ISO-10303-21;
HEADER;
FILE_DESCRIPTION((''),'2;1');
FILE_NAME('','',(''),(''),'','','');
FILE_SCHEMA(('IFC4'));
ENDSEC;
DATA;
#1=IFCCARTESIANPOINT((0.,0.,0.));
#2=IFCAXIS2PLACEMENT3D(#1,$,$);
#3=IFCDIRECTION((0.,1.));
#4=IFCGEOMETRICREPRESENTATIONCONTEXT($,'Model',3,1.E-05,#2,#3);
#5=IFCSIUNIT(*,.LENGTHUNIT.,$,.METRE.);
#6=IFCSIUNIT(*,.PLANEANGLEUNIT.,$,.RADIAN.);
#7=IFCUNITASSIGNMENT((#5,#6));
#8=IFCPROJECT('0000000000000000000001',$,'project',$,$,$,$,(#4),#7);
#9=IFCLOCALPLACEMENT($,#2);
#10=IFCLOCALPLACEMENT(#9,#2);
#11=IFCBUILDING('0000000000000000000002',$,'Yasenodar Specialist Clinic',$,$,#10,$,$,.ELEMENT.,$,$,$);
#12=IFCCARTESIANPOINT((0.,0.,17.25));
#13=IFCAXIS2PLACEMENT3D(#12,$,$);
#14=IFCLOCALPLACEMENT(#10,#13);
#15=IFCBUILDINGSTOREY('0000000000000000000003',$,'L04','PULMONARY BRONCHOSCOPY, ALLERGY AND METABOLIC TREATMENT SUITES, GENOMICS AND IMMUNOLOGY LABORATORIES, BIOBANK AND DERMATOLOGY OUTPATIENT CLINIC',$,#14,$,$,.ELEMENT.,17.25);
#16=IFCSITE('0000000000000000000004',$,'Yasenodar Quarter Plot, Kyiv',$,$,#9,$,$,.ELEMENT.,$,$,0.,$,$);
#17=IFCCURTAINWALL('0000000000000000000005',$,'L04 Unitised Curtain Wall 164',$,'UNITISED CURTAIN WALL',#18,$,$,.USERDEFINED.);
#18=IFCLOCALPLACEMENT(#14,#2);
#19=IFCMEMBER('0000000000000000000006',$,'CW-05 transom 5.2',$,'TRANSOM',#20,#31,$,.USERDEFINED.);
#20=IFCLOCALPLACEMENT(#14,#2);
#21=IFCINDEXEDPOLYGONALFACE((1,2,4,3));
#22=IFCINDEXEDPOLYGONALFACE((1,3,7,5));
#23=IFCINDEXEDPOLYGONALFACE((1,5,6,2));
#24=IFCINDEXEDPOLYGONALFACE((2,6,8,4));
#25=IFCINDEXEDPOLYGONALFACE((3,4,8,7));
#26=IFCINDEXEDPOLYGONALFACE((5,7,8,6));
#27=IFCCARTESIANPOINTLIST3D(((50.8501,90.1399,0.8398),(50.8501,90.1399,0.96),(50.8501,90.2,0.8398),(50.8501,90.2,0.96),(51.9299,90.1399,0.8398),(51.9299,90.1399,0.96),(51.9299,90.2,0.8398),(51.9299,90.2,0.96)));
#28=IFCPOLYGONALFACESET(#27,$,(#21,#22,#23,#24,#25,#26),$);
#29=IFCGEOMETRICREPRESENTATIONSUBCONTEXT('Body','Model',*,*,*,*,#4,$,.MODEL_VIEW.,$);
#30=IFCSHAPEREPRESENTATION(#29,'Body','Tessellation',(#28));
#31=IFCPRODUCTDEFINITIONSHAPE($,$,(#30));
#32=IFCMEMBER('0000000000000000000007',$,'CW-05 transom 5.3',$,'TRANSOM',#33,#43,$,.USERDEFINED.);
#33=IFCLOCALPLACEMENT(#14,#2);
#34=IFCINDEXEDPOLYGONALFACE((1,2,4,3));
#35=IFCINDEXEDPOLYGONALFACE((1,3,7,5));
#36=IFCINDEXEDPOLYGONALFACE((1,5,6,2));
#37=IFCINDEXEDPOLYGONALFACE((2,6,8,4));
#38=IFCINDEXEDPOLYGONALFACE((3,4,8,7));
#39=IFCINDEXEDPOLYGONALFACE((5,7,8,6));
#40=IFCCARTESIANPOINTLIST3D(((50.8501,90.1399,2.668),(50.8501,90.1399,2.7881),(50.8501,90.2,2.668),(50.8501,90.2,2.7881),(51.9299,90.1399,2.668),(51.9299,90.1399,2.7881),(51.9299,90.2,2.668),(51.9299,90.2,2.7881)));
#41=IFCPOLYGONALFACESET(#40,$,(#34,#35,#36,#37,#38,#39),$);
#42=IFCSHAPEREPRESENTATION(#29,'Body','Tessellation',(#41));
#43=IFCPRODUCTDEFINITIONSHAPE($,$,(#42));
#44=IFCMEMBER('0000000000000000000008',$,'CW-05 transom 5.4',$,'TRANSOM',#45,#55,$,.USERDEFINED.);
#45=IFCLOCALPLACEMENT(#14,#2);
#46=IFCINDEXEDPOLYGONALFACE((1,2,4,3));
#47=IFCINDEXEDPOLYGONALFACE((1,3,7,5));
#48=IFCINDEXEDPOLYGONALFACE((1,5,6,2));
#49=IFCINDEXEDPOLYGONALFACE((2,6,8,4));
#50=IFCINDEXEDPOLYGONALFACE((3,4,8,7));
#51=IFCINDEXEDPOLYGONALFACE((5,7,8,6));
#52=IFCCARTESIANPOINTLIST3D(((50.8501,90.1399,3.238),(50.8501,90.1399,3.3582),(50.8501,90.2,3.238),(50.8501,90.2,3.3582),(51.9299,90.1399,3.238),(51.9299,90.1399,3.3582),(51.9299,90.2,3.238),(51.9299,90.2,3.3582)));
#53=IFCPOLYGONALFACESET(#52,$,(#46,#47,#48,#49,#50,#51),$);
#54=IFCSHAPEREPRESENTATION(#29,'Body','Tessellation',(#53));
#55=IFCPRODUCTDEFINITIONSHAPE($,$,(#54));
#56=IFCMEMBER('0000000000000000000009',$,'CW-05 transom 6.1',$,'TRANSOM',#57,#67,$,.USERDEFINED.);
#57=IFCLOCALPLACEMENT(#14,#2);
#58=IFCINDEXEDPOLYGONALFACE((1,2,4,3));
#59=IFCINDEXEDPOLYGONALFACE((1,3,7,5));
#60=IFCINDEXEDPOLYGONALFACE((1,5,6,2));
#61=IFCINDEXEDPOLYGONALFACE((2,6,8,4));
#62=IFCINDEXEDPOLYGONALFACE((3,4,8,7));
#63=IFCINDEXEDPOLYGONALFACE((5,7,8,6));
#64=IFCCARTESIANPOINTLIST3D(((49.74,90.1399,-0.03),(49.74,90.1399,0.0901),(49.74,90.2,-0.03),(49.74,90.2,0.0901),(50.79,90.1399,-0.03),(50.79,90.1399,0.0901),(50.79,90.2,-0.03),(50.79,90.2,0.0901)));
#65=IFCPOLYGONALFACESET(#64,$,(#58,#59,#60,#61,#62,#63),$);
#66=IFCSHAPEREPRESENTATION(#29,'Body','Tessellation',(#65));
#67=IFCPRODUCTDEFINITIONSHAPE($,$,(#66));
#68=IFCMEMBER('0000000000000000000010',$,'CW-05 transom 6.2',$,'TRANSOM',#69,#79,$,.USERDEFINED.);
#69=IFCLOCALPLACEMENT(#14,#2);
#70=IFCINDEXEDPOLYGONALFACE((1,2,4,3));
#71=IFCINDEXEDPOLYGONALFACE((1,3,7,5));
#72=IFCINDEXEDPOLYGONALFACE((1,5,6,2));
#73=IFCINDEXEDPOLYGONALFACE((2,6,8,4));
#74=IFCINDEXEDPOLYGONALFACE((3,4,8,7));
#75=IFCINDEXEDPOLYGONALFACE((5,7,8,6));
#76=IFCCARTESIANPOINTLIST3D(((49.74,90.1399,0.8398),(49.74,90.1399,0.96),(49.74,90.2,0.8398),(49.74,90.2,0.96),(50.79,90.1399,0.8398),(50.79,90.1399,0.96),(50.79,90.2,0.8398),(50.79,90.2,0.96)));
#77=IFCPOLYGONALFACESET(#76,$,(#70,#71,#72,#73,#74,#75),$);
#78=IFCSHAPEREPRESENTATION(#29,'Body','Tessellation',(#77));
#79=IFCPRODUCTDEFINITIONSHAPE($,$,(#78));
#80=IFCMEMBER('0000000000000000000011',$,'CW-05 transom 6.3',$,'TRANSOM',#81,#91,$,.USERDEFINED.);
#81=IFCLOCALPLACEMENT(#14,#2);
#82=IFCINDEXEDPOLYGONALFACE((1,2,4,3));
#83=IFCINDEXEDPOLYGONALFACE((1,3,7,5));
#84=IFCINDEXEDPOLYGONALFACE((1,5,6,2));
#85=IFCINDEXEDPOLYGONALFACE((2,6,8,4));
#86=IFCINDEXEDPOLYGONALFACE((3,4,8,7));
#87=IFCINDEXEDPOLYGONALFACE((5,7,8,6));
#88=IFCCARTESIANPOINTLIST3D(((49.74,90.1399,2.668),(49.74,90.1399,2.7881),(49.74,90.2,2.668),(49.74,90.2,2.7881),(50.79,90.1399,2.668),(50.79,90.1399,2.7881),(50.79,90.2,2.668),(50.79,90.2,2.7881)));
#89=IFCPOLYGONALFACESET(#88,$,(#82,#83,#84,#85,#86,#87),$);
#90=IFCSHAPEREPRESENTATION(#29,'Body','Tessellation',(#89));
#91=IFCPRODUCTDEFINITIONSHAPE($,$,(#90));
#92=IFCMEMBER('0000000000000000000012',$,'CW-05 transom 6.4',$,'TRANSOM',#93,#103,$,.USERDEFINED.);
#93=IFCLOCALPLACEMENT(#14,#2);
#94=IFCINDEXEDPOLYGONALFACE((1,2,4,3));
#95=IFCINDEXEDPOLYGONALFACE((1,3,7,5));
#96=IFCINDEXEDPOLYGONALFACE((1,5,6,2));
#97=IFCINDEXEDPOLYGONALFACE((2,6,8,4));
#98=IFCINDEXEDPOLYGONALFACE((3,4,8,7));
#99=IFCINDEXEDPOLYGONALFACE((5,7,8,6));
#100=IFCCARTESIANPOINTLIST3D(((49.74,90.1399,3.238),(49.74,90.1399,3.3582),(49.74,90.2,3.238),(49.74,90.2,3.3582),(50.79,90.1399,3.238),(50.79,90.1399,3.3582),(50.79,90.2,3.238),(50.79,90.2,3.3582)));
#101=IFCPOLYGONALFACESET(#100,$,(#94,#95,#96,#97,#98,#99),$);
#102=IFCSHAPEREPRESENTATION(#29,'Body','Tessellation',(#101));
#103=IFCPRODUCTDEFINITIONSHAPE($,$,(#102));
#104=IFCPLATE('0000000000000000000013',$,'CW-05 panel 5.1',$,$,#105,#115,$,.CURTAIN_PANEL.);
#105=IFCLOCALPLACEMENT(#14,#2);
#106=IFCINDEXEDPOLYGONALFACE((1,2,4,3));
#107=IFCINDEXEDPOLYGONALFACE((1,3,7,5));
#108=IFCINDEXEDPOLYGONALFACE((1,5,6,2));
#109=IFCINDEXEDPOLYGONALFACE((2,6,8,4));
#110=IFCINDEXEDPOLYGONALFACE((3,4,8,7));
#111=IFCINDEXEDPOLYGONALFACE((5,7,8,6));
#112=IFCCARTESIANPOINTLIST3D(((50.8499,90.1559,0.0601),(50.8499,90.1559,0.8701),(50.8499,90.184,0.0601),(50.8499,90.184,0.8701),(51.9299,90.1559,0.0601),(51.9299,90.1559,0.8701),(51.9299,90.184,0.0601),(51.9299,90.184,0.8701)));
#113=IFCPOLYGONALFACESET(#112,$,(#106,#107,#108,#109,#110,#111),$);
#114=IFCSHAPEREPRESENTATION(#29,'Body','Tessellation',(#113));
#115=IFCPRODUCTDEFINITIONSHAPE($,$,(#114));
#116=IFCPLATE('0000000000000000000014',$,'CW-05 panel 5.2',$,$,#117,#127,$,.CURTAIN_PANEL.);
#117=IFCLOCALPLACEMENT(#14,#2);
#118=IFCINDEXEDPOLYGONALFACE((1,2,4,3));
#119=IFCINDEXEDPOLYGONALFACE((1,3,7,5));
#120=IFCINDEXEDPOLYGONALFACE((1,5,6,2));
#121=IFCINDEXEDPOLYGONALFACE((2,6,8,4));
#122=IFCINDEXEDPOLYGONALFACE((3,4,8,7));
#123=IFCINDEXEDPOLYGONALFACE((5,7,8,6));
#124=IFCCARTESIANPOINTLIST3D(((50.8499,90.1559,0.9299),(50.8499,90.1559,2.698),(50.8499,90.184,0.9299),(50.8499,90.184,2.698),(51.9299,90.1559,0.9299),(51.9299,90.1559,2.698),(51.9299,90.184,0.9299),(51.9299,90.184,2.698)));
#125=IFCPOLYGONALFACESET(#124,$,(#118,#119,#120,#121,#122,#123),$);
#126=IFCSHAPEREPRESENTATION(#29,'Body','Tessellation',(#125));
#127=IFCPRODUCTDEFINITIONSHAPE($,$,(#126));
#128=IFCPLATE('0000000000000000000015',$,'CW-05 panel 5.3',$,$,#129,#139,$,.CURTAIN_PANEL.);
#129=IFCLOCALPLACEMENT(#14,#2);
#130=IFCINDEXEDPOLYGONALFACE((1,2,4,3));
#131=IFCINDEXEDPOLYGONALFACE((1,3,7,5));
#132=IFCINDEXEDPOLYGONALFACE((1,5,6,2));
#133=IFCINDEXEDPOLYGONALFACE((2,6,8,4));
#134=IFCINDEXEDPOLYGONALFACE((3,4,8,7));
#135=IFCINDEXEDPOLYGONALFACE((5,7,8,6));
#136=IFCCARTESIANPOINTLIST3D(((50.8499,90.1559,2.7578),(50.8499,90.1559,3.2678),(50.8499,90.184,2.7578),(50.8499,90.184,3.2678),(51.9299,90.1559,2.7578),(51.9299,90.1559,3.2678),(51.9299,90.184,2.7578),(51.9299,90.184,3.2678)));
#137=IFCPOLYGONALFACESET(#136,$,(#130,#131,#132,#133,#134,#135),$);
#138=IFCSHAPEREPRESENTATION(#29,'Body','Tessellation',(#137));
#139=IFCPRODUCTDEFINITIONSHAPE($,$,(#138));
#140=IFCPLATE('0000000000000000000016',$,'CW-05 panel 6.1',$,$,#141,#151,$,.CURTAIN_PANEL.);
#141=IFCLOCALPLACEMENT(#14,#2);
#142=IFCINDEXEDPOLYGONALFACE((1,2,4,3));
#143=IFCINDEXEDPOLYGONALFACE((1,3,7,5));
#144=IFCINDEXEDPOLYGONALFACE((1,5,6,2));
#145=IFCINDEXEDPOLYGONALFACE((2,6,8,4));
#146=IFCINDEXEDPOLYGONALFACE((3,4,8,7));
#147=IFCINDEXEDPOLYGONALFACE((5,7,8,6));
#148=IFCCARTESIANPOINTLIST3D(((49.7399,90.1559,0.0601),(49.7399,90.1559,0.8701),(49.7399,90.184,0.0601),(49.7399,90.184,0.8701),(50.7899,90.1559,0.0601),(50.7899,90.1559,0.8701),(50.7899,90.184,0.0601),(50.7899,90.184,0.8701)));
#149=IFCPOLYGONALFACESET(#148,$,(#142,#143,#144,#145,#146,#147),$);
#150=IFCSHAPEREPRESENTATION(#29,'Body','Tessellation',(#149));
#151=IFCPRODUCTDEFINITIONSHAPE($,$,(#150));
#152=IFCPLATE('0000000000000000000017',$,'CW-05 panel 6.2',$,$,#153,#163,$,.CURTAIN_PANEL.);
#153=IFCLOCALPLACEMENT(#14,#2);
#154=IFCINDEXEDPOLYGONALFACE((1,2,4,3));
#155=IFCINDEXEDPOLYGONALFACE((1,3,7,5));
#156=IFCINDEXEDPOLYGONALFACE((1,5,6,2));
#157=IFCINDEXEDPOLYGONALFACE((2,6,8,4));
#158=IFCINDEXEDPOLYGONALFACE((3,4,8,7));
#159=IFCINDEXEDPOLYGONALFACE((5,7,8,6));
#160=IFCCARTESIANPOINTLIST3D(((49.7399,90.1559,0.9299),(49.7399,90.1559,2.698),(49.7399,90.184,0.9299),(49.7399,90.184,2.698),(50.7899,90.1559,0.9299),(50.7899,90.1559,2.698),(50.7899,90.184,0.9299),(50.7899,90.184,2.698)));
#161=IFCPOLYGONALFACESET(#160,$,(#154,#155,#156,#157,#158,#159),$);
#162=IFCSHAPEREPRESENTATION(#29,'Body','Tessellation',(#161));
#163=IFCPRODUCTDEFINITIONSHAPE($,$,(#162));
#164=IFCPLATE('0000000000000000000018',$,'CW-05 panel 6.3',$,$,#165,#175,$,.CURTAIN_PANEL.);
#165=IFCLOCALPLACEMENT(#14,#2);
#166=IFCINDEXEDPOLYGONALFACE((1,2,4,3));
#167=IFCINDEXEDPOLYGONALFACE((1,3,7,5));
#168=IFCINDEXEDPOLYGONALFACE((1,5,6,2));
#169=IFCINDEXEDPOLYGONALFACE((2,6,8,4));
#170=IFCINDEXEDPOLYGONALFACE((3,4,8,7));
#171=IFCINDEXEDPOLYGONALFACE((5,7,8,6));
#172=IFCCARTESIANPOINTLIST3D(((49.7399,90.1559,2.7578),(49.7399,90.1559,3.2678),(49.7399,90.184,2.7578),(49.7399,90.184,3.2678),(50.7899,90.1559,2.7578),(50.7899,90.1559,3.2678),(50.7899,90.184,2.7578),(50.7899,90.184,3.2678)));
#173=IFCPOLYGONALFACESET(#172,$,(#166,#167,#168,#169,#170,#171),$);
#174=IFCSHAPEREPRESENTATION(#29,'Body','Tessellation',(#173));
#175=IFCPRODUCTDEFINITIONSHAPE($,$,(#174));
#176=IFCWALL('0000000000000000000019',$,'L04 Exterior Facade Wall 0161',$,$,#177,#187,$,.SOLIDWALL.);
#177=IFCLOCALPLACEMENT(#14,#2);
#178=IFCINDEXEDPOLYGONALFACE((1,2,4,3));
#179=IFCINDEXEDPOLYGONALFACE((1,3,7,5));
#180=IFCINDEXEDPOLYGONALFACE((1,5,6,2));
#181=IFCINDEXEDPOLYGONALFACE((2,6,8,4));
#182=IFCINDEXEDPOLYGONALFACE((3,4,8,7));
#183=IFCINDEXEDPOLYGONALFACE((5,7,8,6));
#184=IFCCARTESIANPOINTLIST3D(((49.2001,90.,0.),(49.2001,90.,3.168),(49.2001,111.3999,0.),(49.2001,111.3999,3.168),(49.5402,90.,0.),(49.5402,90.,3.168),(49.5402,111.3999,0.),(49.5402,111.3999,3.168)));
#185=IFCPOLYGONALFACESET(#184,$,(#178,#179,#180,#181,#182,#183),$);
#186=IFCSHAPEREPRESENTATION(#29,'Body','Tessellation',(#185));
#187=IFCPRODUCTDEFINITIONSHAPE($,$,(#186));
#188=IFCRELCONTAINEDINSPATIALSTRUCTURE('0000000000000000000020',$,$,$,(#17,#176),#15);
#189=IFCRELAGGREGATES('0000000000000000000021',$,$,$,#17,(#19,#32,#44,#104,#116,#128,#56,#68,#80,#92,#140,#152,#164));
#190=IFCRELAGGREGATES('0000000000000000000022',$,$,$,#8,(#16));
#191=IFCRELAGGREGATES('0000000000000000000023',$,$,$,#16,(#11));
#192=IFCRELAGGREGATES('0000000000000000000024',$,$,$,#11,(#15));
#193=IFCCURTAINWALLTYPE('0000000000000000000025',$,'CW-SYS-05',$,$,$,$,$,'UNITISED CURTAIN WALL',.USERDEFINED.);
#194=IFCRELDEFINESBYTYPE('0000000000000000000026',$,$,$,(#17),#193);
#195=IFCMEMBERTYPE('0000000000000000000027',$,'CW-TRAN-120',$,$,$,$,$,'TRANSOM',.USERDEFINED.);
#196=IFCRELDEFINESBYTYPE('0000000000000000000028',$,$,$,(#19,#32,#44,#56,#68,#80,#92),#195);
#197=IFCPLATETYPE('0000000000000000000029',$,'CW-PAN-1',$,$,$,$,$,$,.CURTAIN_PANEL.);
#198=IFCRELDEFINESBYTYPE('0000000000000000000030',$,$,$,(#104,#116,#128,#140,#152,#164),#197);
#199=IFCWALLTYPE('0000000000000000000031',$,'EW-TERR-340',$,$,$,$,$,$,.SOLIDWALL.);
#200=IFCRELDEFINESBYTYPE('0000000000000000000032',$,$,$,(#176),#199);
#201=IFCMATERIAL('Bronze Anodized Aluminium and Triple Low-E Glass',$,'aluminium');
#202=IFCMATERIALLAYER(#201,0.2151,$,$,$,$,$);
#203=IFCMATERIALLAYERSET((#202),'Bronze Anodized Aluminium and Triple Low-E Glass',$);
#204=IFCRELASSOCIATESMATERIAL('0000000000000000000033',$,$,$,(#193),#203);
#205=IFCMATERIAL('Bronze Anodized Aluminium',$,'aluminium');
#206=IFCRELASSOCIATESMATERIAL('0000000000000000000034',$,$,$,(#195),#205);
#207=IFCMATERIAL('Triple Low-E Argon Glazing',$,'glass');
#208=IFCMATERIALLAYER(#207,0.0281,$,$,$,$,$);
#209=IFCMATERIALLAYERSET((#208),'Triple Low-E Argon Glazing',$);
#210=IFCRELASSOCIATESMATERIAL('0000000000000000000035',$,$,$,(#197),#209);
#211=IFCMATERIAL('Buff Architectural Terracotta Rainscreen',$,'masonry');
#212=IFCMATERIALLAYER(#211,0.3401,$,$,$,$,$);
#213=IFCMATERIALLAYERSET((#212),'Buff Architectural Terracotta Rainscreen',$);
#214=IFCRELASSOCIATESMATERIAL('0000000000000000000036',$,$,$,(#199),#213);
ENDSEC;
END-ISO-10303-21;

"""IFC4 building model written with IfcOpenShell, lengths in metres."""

from ifc_helpers import new_model, si_unit, direction, frame, frame_2d, origin, origin_2d, place, context, subcontext, project, spatial, rectangle, extrude, material, layer, layer_set, material_profile, profile_set, type_object, element, aggregate, save


model = new_model("IFC4")

# Units and contexts
model_context = context("Model", 3, precision=1e-05, world=origin(), true_north=direction((0.0, 1.0)))
body_context = subcontext(model_context, "Body", "Model", "MODEL_VIEW")
ifc_project = project(units=[si_unit("LENGTHUNIT", "METRE"), si_unit("PLANEANGLEUNIT", "RADIAN")], contexts=[model_context])

# Site, building, storey
site_placement = place(None, origin())
site = spatial("IfcSite", under=ifc_project, at=site_placement, Name="Yasenodar Quarter Plot, Kyiv", CompositionType="ELEMENT", RefElevation=0.0)
building_placement = place(site_placement, origin())
building = spatial("IfcBuilding", under=site, at=building_placement, Name="Yasenodar Specialist Clinic", CompositionType="ELEMENT")
storey_placement = place(building_placement, frame((0.0, 0.0, 17.25)))
storey = spatial("IfcBuildingStorey", under=building, at=storey_placement, Name="L04", Description="PULMONARY BRONCHOSCOPY, ALLERGY AND METABOLIC TREATMENT SUITES, GENOMICS AND IMMUNOLOGY LABORATORIES, BIOBANK AND DERMATOLOGY OUTPATIENT CLINIC", CompositionType="ELEMENT", Elevation=17.25)

# Curtain wall, members, plates
ifc_material_1 = material(Name="Bronze Anodized Aluminium and Triple Low-E Glass", Category="aluminium")
ifc_layer_1 = layer(ifc_material_1, 0.2151)
ifc_layer_set_1 = layer_set([ifc_layer_1], Name="Bronze Anodized Aluminium and Triple Low-E Glass")
curtain_wall_type = type_object("IfcCurtainWallType", Name="CW-SYS-05", ElementType="UNITISED CURTAIN WALL", PredefinedType="USERDEFINED", material=ifc_layer_set_1)
curtain_wall_placement = place(storey_placement, origin())
curtain_wall = element("IfcCurtainWall", 1, at=curtain_wall_placement, inside=storey, type_object=curtain_wall_type, Name="L04 Unitised Curtain Wall 164", ObjectType="UNITISED CURTAIN WALL", PredefinedType="USERDEFINED")
ifc_material_2 = material(Name="Bronze Anodized Aluminium", Category="aluminium")
ifc_material_profile_1 = material_profile(ifc_material_2, rectangle(XDim=0.0601, YDim=0.1201, at=origin_2d()), Name="CW-TRAN 60x120")
ifc_profile_set_1 = profile_set([ifc_material_profile_1], Name="Bronze Anodized Aluminium")
member_type_1 = type_object("IfcMemberType", Name="CW-TRAN-120", ElementType="TRANSOM", PredefinedType="USERDEFINED", material=ifc_profile_set_1)
member_1_placement = place(storey_placement, frame((51.9299, 90.1699, 0.8999), z_axis=(-1.0, 0.0, 0.0), x_axis=(0.0, -1.0, 0.0)))
member_1 = element("IfcMember", 2, at=member_1_placement, type_object=member_type_1, Name="CW-05 transom 5.2", ObjectType="TRANSOM", PredefinedType="USERDEFINED", context=body_context, shape_type="SweptSolid", body=[
    extrude(rectangle(XDim=0.0601, YDim=0.1201, at=origin_2d()), origin(), (0.0, 0.0, 1.0), 1.0798),
])
member_2_placement = place(storey_placement, frame((51.9299, 90.1699, 2.728), z_axis=(-1.0, 0.0, 0.0), x_axis=(0.0, -1.0, 0.0)))
member_2 = element("IfcMember", 3, at=member_2_placement, type_object=member_type_1, Name="CW-05 transom 5.3", ObjectType="TRANSOM", PredefinedType="USERDEFINED", context=body_context, shape_type="SweptSolid", body=[
    extrude(rectangle(XDim=0.0601, YDim=0.1201, at=origin_2d()), origin(), (0.0, 0.0, 1.0), 1.0798),
])
member_3_placement = place(storey_placement, frame((51.9299, 90.1699, 3.2981), z_axis=(-1.0, 0.0, 0.0), x_axis=(0.0, -1.0, 0.0)))
member_3 = element("IfcMember", 4, at=member_3_placement, type_object=member_type_1, Name="CW-05 transom 5.4", ObjectType="TRANSOM", PredefinedType="USERDEFINED", context=body_context, shape_type="SweptSolid", body=[
    extrude(rectangle(XDim=0.0601, YDim=0.1201, at=origin_2d()), origin(), (0.0, 0.0, 1.0), 1.0798),
])
member_4_placement = place(storey_placement, frame((50.79, 90.1699, 0.03), z_axis=(-1.0, 0.0, 0.0), x_axis=(0.0, -1.0, 0.0)))
member_4 = element("IfcMember", 5, at=member_4_placement, type_object=member_type_1, Name="CW-05 transom 6.1", ObjectType="TRANSOM", PredefinedType="USERDEFINED", context=body_context, shape_type="SweptSolid", body=[
    extrude(rectangle(XDim=0.0601, YDim=0.1201, at=origin_2d()), origin(), (0.0, 0.0, 1.0), 1.05),
])
member_5_placement = place(storey_placement, frame((50.79, 90.1699, 0.8999), z_axis=(-1.0, 0.0, 0.0), x_axis=(0.0, -1.0, 0.0)))
member_5 = element("IfcMember", 6, at=member_5_placement, type_object=member_type_1, Name="CW-05 transom 6.2", ObjectType="TRANSOM", PredefinedType="USERDEFINED", context=body_context, shape_type="SweptSolid", body=[
    extrude(rectangle(XDim=0.0601, YDim=0.1201, at=origin_2d()), origin(), (0.0, 0.0, 1.0), 1.05),
])
member_6_placement = place(storey_placement, frame((50.79, 90.1699, 2.728), z_axis=(-1.0, 0.0, 0.0), x_axis=(0.0, -1.0, 0.0)))
member_6 = element("IfcMember", 7, at=member_6_placement, type_object=member_type_1, Name="CW-05 transom 6.3", ObjectType="TRANSOM", PredefinedType="USERDEFINED", context=body_context, shape_type="SweptSolid", body=[
    extrude(rectangle(XDim=0.0601, YDim=0.1201, at=origin_2d()), origin(), (0.0, 0.0, 1.0), 1.05),
])
member_7_placement = place(storey_placement, frame((50.79, 90.1699, 3.2981), z_axis=(-1.0, 0.0, 0.0), x_axis=(0.0, -1.0, 0.0)))
member_7 = element("IfcMember", 8, at=member_7_placement, type_object=member_type_1, Name="CW-05 transom 6.4", ObjectType="TRANSOM", PredefinedType="USERDEFINED", context=body_context, shape_type="SweptSolid", body=[
    extrude(rectangle(XDim=0.0601, YDim=0.1201, at=origin_2d()), origin(), (0.0, 0.0, 1.0), 1.05),
])
ifc_material_3 = material(Name="Triple Low-E Argon Glazing", Category="glass")
ifc_layer_2 = layer(ifc_material_3, 0.0281)
ifc_layer_set_2 = layer_set([ifc_layer_2], Name="Triple Low-E Argon Glazing")
plate_type = type_object("IfcPlateType", Name="CW-PAN-1", PredefinedType="CURTAIN_PANEL", material=ifc_layer_set_2)
plate_1_placement = place(storey_placement, frame((51.3899, 90.1699, 0.0601), z_axis=(0.0, 0.0, 1.0), x_axis=(-1.0, 0.0, 0.0)))
plate_1 = element("IfcPlate", 9, at=plate_1_placement, type_object=plate_type, Name="CW-05 panel 5.1", PredefinedType="CURTAIN_PANEL", context=body_context, shape_type="SweptSolid", body=[
    extrude(rectangle(XDim=1.0801, YDim=0.0281, at=origin_2d()), origin(), (0.0, 0.0, 1.0), 0.8101),
])
plate_2_placement = place(storey_placement, frame((51.3899, 90.1699, 0.9299), z_axis=(0.0, 0.0, 1.0), x_axis=(-1.0, 0.0, 0.0)))
plate_2 = element("IfcPlate", 10, at=plate_2_placement, type_object=plate_type, Name="CW-05 panel 5.2", PredefinedType="CURTAIN_PANEL", context=body_context, shape_type="SweptSolid", body=[
    extrude(rectangle(XDim=1.0801, YDim=0.0281, at=origin_2d()), origin(), (0.0, 0.0, 1.0), 1.7681),
])
plate_3_placement = place(storey_placement, frame((51.3899, 90.1699, 2.7578), z_axis=(0.0, 0.0, 1.0), x_axis=(-1.0, 0.0, 0.0)))
plate_3 = element("IfcPlate", 11, at=plate_3_placement, type_object=plate_type, Name="CW-05 panel 5.3", PredefinedType="CURTAIN_PANEL", context=body_context, shape_type="SweptSolid", body=[
    extrude(rectangle(XDim=1.0801, YDim=0.0281, at=origin_2d()), origin(), (0.0, 0.0, 1.0), 0.51),
])
plate_4_placement = place(storey_placement, frame((50.2649, 90.1699, 0.0601), z_axis=(0.0, 0.0, 1.0), x_axis=(-1.0, 0.0, 0.0)))
plate_4 = element("IfcPlate", 12, at=plate_4_placement, type_object=plate_type, Name="CW-05 panel 6.1", PredefinedType="CURTAIN_PANEL", context=body_context, shape_type="SweptSolid", body=[
    extrude(rectangle(XDim=1.05, YDim=0.0281, at=origin_2d()), origin(), (0.0, 0.0, 1.0), 0.8101),
])
plate_5_placement = place(storey_placement, frame((50.2649, 90.1699, 0.9299), z_axis=(0.0, 0.0, 1.0), x_axis=(-1.0, 0.0, 0.0)))
plate_5 = element("IfcPlate", 13, at=plate_5_placement, type_object=plate_type, Name="CW-05 panel 6.2", PredefinedType="CURTAIN_PANEL", context=body_context, shape_type="SweptSolid", body=[
    extrude(rectangle(XDim=1.05, YDim=0.0281, at=origin_2d()), origin(), (0.0, 0.0, 1.0), 1.7681),
])
plate_6_placement = place(storey_placement, frame((50.2649, 90.1699, 2.7578), z_axis=(0.0, 0.0, 1.0), x_axis=(-1.0, 0.0, 0.0)))
plate_6 = element("IfcPlate", 14, at=plate_6_placement, type_object=plate_type, Name="CW-05 panel 6.3", PredefinedType="CURTAIN_PANEL", context=body_context, shape_type="SweptSolid", body=[
    extrude(rectangle(XDim=1.05, YDim=0.0281, at=origin_2d()), origin(), (0.0, 0.0, 1.0), 0.51),
])
aggregate(curtain_wall, [member_1, member_2, member_3, plate_1, plate_2, plate_3, member_4, member_5, member_6, member_7, plate_4, plate_5, plate_6])

# Wall
ifc_material_4 = material(Name="Buff Architectural Terracotta Rainscreen", Category="masonry")
ifc_layer_3 = layer(ifc_material_4, 0.3401)
ifc_layer_set_3 = layer_set([ifc_layer_3], Name="Buff Architectural Terracotta Rainscreen")
wall_type = type_object("IfcWallType", Name="EW-TERR-340", PredefinedType="SOLIDWALL", material=ifc_layer_set_3)
wall_placement = place(storey_placement, frame((49.3701, 90.0, 0.0), z_axis=(0.0, 0.0, 1.0), x_axis=(0.0, 1.0, 0.0)))
element("IfcWall", 15, at=wall_placement, inside=storey, type_object=wall_type, Name="L04 Exterior Facade Wall 0161", PredefinedType="SOLIDWALL", context=body_context, shape_type="SweptSolid", body=[
    extrude(rectangle(XDim=21.3999, YDim=0.3401, at=frame_2d((10.7, 0.0))), origin(), (0.0, 0.0, 1.0), 3.168),
])

save(model, "model.ifc")
